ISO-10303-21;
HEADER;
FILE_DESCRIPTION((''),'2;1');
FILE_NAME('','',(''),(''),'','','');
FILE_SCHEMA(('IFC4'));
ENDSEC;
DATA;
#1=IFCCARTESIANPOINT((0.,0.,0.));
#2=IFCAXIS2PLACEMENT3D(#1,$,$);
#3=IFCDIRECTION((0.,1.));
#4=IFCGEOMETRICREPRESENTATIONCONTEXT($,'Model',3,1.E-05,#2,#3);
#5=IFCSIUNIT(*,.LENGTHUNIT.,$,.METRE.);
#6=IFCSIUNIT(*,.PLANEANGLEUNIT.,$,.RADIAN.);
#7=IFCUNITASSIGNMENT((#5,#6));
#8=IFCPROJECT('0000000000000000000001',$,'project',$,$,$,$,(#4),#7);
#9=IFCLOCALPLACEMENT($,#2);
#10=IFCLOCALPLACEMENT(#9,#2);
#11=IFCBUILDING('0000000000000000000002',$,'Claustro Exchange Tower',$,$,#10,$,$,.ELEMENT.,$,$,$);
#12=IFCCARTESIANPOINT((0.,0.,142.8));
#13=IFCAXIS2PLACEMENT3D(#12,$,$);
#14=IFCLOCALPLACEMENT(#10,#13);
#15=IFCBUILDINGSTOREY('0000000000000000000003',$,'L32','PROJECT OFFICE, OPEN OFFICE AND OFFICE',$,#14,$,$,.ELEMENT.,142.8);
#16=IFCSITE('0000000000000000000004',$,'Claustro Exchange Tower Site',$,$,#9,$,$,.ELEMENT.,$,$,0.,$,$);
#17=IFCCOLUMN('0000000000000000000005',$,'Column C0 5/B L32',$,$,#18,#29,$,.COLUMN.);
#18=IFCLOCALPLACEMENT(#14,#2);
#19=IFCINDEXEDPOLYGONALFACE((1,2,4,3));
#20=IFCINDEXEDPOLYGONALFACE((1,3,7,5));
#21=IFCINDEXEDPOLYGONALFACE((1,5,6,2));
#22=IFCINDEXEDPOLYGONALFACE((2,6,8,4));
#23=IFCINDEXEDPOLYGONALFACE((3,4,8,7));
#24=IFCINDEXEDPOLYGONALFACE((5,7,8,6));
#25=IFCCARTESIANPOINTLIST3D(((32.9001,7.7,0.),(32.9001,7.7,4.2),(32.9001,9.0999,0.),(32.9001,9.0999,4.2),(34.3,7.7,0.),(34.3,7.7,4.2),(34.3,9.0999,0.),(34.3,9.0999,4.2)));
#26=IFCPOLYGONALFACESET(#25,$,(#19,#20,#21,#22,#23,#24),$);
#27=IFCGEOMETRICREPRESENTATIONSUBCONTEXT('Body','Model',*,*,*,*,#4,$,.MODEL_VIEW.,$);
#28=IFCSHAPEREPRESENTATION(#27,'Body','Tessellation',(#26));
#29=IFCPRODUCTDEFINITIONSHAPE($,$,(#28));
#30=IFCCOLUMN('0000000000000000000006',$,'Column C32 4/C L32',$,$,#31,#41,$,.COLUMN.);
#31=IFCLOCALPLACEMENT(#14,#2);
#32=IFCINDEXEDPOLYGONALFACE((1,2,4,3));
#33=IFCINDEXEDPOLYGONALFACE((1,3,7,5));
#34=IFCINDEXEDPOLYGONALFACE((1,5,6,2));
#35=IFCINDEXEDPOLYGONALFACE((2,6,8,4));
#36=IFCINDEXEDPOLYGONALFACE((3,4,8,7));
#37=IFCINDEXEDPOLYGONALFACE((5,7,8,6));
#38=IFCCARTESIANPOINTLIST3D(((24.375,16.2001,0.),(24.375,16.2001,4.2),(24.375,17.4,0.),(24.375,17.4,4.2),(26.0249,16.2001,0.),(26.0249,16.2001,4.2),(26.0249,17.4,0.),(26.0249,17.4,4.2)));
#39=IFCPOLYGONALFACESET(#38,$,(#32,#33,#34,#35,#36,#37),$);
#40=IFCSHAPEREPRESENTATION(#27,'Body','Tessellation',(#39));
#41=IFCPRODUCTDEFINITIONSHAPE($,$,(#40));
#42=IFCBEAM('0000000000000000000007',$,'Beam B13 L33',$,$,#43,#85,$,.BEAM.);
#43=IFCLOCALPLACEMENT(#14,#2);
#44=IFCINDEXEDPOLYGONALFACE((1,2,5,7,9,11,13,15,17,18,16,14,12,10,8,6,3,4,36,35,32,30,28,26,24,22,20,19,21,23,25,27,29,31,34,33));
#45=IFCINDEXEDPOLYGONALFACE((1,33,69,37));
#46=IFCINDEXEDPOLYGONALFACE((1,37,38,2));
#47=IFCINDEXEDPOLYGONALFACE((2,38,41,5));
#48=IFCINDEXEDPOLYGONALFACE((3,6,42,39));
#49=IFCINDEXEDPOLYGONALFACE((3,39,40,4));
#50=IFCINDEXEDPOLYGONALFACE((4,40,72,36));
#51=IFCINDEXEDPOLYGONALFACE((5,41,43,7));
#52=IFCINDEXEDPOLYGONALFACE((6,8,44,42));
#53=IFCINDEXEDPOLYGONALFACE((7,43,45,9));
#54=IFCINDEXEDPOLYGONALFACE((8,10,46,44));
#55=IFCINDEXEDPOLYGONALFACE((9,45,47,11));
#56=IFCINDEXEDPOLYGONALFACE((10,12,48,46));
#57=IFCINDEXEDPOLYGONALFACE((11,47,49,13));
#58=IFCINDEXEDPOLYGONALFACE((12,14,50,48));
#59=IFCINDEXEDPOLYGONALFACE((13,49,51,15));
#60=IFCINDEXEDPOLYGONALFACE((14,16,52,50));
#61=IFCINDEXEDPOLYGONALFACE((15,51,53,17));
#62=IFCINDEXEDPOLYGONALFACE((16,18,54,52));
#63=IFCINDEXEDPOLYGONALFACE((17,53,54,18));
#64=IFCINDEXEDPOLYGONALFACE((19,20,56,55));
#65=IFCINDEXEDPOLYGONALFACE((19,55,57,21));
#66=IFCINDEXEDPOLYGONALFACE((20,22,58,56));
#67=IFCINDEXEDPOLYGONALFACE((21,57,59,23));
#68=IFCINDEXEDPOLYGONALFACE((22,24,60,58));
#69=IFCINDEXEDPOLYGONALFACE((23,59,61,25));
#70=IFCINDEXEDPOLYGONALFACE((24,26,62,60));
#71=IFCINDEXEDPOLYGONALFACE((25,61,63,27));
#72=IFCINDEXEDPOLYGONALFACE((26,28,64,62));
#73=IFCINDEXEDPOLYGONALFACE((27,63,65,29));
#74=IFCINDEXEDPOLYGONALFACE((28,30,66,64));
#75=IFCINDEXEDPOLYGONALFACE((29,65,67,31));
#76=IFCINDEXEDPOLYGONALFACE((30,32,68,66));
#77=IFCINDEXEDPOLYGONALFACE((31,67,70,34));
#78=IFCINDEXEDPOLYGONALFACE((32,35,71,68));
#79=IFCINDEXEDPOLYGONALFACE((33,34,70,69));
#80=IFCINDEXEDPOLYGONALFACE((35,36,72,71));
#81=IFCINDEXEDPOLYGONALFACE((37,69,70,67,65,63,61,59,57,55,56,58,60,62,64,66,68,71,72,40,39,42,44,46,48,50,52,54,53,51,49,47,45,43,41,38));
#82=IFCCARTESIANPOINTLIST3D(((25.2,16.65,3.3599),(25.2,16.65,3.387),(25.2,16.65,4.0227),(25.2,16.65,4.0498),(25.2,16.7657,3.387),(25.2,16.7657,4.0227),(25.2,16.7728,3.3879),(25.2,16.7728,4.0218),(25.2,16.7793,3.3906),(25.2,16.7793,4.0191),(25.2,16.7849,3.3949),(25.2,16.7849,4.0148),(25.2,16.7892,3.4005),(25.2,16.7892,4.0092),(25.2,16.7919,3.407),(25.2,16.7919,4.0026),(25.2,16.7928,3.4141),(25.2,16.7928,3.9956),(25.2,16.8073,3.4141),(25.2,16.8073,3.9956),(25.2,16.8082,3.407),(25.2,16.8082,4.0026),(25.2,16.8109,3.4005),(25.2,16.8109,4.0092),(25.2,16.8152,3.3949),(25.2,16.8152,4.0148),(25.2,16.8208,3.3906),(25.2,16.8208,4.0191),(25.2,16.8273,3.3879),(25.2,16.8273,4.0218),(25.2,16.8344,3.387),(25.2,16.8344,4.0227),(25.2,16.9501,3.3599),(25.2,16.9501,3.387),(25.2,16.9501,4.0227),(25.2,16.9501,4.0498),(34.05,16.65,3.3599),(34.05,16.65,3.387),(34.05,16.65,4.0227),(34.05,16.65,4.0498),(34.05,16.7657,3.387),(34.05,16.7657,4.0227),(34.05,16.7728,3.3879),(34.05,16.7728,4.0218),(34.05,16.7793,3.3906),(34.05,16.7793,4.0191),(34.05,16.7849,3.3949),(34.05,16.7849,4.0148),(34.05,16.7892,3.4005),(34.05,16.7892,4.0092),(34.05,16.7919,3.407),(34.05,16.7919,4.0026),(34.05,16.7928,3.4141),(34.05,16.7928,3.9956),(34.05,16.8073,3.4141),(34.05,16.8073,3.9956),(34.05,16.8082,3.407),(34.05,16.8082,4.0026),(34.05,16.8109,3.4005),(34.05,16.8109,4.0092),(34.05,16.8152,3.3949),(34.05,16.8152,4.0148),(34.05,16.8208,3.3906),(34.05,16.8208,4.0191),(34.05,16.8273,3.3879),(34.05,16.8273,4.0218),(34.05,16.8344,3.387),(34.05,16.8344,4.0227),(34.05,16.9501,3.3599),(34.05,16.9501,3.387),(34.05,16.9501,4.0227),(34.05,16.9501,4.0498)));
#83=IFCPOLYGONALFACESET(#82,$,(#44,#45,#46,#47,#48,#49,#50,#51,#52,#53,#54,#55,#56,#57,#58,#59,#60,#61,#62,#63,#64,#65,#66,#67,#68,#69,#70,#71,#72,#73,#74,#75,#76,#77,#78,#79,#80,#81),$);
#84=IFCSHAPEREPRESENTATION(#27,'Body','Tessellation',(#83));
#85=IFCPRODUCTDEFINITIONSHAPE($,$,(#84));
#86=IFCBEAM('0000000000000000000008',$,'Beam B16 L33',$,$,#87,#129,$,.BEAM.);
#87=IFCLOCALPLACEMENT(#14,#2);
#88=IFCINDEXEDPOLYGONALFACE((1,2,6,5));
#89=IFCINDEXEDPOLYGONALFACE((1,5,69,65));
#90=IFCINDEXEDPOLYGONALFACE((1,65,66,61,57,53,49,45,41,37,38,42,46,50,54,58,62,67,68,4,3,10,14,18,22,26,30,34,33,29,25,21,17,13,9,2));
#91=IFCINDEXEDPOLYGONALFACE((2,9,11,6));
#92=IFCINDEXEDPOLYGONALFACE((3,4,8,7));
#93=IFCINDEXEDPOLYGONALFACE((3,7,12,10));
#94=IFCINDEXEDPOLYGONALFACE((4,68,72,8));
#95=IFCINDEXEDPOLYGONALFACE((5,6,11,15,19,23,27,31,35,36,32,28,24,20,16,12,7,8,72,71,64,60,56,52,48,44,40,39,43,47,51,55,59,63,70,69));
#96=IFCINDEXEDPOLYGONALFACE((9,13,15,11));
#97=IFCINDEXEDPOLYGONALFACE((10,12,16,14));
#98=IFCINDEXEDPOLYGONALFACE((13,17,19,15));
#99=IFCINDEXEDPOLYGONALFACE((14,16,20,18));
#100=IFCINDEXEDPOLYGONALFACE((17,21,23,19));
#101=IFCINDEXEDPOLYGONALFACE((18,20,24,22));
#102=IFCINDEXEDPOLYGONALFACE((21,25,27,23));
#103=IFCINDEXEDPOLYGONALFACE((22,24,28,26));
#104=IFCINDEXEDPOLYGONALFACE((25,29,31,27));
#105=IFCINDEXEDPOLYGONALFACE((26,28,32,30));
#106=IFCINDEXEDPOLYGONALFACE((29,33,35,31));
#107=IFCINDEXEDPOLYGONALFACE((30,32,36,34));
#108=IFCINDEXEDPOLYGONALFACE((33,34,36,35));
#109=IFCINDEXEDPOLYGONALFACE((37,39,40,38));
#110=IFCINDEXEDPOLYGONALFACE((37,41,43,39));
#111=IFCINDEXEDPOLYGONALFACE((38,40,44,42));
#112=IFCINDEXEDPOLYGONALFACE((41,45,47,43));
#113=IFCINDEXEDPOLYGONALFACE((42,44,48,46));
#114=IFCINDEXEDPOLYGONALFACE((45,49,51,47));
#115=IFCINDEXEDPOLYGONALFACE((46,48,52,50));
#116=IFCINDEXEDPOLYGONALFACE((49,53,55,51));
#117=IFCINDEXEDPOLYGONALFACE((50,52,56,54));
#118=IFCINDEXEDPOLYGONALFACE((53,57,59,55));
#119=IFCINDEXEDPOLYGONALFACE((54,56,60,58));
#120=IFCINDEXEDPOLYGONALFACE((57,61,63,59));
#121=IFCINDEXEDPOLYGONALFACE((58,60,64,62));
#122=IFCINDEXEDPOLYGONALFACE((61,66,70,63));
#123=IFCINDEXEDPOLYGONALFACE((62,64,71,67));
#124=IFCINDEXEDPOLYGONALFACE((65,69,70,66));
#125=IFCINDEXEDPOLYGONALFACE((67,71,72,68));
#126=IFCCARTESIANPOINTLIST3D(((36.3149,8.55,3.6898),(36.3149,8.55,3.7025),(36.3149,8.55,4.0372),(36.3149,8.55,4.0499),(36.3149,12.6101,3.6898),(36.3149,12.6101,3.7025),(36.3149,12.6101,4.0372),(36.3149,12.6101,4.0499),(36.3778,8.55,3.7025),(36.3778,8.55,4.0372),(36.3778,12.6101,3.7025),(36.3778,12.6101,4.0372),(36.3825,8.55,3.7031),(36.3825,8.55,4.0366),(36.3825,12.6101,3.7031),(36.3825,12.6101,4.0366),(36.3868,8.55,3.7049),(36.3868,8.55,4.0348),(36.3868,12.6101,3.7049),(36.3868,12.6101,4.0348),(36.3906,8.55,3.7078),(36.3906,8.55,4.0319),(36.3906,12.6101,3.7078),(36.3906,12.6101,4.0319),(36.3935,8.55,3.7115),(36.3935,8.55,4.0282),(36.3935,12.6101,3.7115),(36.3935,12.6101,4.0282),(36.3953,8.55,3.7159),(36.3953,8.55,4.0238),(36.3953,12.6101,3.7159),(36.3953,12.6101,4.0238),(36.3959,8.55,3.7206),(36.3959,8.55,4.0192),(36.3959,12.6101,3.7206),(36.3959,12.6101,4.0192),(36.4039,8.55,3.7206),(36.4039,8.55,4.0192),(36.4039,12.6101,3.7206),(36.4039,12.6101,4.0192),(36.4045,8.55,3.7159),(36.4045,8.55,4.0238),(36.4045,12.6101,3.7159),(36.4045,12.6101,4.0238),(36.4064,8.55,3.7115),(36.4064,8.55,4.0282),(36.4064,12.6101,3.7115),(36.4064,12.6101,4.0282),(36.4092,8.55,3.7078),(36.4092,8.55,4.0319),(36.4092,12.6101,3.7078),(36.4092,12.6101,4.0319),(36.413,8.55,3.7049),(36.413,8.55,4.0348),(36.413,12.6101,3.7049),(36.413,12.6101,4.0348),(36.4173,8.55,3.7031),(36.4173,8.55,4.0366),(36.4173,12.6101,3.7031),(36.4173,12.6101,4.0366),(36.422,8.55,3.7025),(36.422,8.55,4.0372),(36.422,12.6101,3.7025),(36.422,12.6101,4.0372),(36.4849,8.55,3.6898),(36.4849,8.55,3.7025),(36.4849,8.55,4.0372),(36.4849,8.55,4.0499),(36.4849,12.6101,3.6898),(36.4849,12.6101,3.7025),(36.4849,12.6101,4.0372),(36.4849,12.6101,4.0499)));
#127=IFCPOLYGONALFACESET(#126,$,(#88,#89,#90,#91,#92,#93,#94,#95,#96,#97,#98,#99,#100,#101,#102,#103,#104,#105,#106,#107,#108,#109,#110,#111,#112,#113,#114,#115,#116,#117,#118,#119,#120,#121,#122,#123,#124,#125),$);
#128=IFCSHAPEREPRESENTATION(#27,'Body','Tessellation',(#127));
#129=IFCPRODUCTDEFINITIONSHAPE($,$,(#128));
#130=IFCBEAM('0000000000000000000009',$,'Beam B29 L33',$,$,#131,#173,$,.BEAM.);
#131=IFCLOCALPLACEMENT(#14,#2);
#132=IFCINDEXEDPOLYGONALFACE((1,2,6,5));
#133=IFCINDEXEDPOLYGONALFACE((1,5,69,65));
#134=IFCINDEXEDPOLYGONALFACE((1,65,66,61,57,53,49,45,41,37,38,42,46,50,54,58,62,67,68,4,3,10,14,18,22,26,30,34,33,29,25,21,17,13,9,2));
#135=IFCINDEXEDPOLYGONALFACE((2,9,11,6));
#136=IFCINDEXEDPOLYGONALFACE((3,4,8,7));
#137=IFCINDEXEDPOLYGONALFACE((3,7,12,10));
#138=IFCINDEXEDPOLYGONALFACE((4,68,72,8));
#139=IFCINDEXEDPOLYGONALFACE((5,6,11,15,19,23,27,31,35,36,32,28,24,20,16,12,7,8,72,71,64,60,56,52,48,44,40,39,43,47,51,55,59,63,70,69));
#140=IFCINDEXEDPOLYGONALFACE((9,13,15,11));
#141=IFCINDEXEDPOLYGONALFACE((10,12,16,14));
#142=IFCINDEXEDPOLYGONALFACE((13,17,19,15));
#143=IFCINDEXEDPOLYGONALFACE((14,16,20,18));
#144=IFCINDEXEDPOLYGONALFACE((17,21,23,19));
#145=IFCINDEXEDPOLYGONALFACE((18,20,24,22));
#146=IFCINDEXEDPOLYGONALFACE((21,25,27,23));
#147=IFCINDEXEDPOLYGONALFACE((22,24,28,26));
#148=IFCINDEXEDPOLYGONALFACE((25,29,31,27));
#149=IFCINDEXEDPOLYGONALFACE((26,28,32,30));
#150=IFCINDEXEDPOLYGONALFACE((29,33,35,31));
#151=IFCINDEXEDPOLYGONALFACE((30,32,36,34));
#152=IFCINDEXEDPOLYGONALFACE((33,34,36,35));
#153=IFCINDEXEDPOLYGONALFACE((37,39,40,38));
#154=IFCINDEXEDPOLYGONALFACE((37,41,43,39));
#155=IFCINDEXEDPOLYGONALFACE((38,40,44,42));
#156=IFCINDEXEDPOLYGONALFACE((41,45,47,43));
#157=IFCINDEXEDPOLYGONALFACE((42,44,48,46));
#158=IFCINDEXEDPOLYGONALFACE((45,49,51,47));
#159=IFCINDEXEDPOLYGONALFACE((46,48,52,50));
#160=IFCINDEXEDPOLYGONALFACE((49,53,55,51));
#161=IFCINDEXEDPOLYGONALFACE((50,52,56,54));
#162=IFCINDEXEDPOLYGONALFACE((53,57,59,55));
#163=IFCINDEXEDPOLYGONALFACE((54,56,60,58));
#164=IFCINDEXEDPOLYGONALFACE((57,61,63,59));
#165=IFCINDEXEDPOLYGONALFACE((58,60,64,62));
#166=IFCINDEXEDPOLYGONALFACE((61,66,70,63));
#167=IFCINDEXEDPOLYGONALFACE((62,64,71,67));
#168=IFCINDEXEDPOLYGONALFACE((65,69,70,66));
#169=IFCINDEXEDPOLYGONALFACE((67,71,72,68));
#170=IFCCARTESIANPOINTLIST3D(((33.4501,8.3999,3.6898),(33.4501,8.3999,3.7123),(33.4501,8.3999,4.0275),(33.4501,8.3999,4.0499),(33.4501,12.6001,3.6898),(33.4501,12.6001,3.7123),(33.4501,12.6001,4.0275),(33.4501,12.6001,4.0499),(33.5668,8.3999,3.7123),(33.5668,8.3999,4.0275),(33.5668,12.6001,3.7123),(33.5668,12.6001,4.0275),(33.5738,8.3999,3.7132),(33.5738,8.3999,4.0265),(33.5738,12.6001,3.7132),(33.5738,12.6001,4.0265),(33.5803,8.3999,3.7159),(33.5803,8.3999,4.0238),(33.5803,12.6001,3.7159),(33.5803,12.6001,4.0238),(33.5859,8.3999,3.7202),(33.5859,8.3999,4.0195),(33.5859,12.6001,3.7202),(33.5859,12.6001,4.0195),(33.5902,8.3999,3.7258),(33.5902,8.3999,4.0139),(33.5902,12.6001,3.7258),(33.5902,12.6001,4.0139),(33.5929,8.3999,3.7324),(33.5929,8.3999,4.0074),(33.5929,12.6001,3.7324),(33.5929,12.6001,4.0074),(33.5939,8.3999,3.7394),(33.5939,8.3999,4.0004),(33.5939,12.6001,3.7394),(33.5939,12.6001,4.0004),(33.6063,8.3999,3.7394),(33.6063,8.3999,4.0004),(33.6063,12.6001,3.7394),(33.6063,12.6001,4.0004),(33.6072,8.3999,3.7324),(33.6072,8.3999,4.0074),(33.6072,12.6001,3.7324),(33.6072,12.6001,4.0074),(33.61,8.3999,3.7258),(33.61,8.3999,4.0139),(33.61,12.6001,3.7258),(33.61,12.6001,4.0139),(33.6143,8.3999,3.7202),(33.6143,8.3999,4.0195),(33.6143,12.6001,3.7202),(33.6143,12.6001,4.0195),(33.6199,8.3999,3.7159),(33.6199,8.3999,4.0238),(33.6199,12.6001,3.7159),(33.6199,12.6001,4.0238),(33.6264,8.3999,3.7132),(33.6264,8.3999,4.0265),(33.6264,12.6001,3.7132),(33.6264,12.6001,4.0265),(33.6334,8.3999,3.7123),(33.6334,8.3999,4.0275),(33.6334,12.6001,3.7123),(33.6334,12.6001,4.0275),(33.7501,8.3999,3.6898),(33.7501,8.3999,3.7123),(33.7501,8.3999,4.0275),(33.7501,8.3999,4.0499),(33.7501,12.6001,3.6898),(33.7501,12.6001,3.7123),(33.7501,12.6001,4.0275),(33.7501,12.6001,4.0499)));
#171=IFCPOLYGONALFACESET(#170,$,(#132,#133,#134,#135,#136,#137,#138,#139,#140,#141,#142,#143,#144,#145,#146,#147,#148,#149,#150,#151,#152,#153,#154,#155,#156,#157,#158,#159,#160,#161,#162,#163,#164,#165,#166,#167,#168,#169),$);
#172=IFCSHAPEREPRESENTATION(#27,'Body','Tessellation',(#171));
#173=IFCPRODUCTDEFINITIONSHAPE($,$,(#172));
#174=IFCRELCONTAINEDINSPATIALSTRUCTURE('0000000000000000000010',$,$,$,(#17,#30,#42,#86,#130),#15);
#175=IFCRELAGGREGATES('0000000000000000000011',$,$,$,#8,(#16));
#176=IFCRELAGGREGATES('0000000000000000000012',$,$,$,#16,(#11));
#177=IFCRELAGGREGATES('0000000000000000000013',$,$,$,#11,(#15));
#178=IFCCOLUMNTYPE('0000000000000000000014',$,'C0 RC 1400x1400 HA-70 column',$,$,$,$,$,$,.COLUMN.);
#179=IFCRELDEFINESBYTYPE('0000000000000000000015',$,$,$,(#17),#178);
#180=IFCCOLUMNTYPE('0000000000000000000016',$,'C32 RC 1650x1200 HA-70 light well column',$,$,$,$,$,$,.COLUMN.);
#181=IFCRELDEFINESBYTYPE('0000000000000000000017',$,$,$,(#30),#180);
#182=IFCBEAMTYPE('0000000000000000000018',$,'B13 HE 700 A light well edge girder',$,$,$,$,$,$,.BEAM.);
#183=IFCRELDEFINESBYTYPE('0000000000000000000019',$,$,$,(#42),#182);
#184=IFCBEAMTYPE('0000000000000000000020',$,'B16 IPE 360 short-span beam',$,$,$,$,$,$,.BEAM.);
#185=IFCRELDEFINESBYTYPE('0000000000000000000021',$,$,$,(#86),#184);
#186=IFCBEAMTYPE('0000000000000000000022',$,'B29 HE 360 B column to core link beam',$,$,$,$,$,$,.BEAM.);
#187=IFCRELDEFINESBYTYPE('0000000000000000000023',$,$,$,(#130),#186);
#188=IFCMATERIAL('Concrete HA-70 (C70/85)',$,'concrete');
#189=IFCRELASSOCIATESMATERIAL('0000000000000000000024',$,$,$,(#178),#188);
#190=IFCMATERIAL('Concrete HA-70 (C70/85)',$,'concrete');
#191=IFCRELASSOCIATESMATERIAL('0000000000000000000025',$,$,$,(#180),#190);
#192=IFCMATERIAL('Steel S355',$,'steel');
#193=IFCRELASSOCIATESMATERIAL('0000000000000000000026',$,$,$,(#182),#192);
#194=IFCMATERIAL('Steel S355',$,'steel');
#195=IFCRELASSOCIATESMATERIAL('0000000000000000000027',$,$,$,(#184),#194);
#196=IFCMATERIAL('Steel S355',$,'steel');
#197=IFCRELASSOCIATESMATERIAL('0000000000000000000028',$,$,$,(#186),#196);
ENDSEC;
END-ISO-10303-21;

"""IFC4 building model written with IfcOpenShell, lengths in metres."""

from ifc_helpers import new_model, si_unit, direction, frame, origin, origin_2d, place, context, subcontext, project, spatial, rectangle, i_section, extrude, material, material_profile, profile_set, type_object, element, save


model = new_model("IFC4")

# Units and contexts
model_context = context("Model", 3, precision=1e-05, world=origin(), true_north=direction((0.0, 1.0)))
body_context = subcontext(model_context, "Body", "Model", "MODEL_VIEW")
ifc_project = project(units=[si_unit("LENGTHUNIT", "METRE"), si_unit("PLANEANGLEUNIT", "RADIAN")], contexts=[model_context])

# Site, building, storey
site_placement = place(None, origin())
site = spatial("IfcSite", under=ifc_project, at=site_placement, Name="Claustro Exchange Tower Site", CompositionType="ELEMENT", RefElevation=0.0)
building_placement = place(site_placement, origin())
building = spatial("IfcBuilding", under=site, at=building_placement, Name="Claustro Exchange Tower", CompositionType="ELEMENT")
storey_placement = place(building_placement, frame((0.0, 0.0, 142.8)))
storey = spatial("IfcBuildingStorey", under=building, at=storey_placement, Name="L32", Description="PROJECT OFFICE, OPEN OFFICE AND OFFICE", CompositionType="ELEMENT", Elevation=142.8)

# Columns
ifc_material_1 = material(Name="Concrete HA-70 (C70/85)", Category="concrete")
ifc_material_profile_1 = material_profile(ifc_material_1, rectangle(XDim=1.3999, YDim=1.3999, at=origin_2d()), Name="RC 1400x1400")
ifc_profile_set_1 = profile_set([ifc_material_profile_1], Name="Concrete HA-70 (C70/85)")
column_type_1 = type_object("IfcColumnType", Name="C0 RC 1400x1400 HA-70 column", PredefinedType="COLUMN", material=ifc_profile_set_1)
column_1_placement = place(storey_placement, frame((33.6001, 8.3999, 0.0), z_axis=(0.0, 0.0, 1.0), x_axis=(1.0, 0.0, 0.0)))
element("IfcColumn", 1, at=column_1_placement, inside=storey, type_object=column_type_1, Name="Column C0 5/B L32", PredefinedType="COLUMN", context=body_context, shape_type="SweptSolid", body=[
    extrude(rectangle(XDim=1.3999, YDim=1.3999, at=origin_2d()), origin(), (0.0, 0.0, 1.0), 4.2),
])
ifc_material_2 = material(Name="Concrete HA-70 (C70/85)", Category="concrete")
ifc_material_profile_2 = material_profile(ifc_material_2, rectangle(XDim=1.6499, YDim=1.2, at=origin_2d()), Name="RC 1650x1200")
ifc_profile_set_2 = profile_set([ifc_material_profile_2], Name="Concrete HA-70 (C70/85)")
column_type_2 = type_object("IfcColumnType", Name="C32 RC 1650x1200 HA-70 light well column", PredefinedType="COLUMN", material=ifc_profile_set_2)
column_2_placement = place(storey_placement, frame((25.2, 16.8, 0.0), z_axis=(0.0, 0.0, 1.0), x_axis=(1.0, 0.0, 0.0)))
element("IfcColumn", 2, at=column_2_placement, inside=storey, type_object=column_type_2, Name="Column C32 4/C L32", PredefinedType="COLUMN", context=body_context, shape_type="SweptSolid", body=[
    extrude(rectangle(XDim=1.6499, YDim=1.2, at=origin_2d()), origin(), (0.0, 0.0, 1.0), 4.2),
])

# Beams
ifc_material_3 = material(Name="Steel S355", Category="steel")
ifc_material_profile_3 = material_profile(ifc_material_3, i_section(OverallWidth=0.3, OverallDepth=0.6899, WebThickness=0.0144, FlangeThickness=0.0271, FilletRadius=0.0271, at=origin_2d()), Name="HE 700 A")
ifc_profile_set_3 = profile_set([ifc_material_profile_3], Name="Steel S355")
beam_type_1 = type_object("IfcBeamType", Name="B13 HE 700 A light well edge girder", PredefinedType="BEAM", material=ifc_profile_set_3)
beam_1_placement = place(storey_placement, frame((25.2, 16.8, 3.7048), z_axis=(1.0, 0.0, 0.0), x_axis=(0.0, 1.0, 0.0)))
element("IfcBeam", 3, at=beam_1_placement, inside=storey, type_object=beam_type_1, Name="Beam B13 L33", PredefinedType="BEAM", context=body_context, shape_type="SweptSolid", body=[
    extrude(i_section(OverallWidth=0.3, OverallDepth=0.6899, WebThickness=0.0144, FlangeThickness=0.0271, FilletRadius=0.0271, at=origin_2d()), origin(), (0.0, 0.0, 1.0), 8.8501),
])
ifc_material_4 = material(Name="Steel S355", Category="steel")
ifc_material_profile_4 = material_profile(ifc_material_4, i_section(OverallWidth=0.1699, OverallDepth=0.3601, WebThickness=0.0081, FlangeThickness=0.0127, FilletRadius=0.0181, at=origin_2d()), Name="IPE 360")
ifc_profile_set_4 = profile_set([ifc_material_profile_4], Name="Steel S355")
beam_type_2 = type_object("IfcBeamType", Name="B16 IPE 360 short-span beam", PredefinedType="BEAM", material=ifc_profile_set_4)
beam_2_placement = place(storey_placement, frame((36.3999, 8.55, 3.8699), z_axis=(0.0, 1.0, 0.0), x_axis=(-1.0, 0.0, 0.0)))
element("IfcBeam", 4, at=beam_2_placement, inside=storey, type_object=beam_type_2, Name="Beam B16 L33", PredefinedType="BEAM", context=body_context, shape_type="SweptSolid", body=[
    extrude(i_section(OverallWidth=0.1699, OverallDepth=0.3601, WebThickness=0.0081, FlangeThickness=0.0127, FilletRadius=0.0181, at=origin_2d()), origin(), (0.0, 0.0, 1.0), 4.0601),
])
ifc_material_5 = material(Name="Steel S355", Category="steel")
ifc_material_profile_5 = material_profile(ifc_material_5, i_section(OverallWidth=0.3, OverallDepth=0.3601, WebThickness=0.0125, FlangeThickness=0.0225, FilletRadius=0.0271, at=origin_2d()), Name="HE 360 B")
ifc_profile_set_5 = profile_set([ifc_material_profile_5], Name="Steel S355")
beam_type_3 = type_object("IfcBeamType", Name="B29 HE 360 B column to core link beam", PredefinedType="BEAM", material=ifc_profile_set_5)
beam_3_placement = place(storey_placement, frame((33.6001, 8.3999, 3.8699), z_axis=(0.0, 1.0, 0.0), x_axis=(-1.0, 0.0, 0.0)))
element("IfcBeam", 5, at=beam_3_placement, inside=storey, type_object=beam_type_3, Name="Beam B29 L33", PredefinedType="BEAM", context=body_context, shape_type="SweptSolid", body=[
    extrude(i_section(OverallWidth=0.3, OverallDepth=0.3601, WebThickness=0.0125, FlangeThickness=0.0225, FilletRadius=0.0271, at=origin_2d()), origin(), (0.0, 0.0, 1.0), 4.2002),
])

save(model, "model.ifc")
